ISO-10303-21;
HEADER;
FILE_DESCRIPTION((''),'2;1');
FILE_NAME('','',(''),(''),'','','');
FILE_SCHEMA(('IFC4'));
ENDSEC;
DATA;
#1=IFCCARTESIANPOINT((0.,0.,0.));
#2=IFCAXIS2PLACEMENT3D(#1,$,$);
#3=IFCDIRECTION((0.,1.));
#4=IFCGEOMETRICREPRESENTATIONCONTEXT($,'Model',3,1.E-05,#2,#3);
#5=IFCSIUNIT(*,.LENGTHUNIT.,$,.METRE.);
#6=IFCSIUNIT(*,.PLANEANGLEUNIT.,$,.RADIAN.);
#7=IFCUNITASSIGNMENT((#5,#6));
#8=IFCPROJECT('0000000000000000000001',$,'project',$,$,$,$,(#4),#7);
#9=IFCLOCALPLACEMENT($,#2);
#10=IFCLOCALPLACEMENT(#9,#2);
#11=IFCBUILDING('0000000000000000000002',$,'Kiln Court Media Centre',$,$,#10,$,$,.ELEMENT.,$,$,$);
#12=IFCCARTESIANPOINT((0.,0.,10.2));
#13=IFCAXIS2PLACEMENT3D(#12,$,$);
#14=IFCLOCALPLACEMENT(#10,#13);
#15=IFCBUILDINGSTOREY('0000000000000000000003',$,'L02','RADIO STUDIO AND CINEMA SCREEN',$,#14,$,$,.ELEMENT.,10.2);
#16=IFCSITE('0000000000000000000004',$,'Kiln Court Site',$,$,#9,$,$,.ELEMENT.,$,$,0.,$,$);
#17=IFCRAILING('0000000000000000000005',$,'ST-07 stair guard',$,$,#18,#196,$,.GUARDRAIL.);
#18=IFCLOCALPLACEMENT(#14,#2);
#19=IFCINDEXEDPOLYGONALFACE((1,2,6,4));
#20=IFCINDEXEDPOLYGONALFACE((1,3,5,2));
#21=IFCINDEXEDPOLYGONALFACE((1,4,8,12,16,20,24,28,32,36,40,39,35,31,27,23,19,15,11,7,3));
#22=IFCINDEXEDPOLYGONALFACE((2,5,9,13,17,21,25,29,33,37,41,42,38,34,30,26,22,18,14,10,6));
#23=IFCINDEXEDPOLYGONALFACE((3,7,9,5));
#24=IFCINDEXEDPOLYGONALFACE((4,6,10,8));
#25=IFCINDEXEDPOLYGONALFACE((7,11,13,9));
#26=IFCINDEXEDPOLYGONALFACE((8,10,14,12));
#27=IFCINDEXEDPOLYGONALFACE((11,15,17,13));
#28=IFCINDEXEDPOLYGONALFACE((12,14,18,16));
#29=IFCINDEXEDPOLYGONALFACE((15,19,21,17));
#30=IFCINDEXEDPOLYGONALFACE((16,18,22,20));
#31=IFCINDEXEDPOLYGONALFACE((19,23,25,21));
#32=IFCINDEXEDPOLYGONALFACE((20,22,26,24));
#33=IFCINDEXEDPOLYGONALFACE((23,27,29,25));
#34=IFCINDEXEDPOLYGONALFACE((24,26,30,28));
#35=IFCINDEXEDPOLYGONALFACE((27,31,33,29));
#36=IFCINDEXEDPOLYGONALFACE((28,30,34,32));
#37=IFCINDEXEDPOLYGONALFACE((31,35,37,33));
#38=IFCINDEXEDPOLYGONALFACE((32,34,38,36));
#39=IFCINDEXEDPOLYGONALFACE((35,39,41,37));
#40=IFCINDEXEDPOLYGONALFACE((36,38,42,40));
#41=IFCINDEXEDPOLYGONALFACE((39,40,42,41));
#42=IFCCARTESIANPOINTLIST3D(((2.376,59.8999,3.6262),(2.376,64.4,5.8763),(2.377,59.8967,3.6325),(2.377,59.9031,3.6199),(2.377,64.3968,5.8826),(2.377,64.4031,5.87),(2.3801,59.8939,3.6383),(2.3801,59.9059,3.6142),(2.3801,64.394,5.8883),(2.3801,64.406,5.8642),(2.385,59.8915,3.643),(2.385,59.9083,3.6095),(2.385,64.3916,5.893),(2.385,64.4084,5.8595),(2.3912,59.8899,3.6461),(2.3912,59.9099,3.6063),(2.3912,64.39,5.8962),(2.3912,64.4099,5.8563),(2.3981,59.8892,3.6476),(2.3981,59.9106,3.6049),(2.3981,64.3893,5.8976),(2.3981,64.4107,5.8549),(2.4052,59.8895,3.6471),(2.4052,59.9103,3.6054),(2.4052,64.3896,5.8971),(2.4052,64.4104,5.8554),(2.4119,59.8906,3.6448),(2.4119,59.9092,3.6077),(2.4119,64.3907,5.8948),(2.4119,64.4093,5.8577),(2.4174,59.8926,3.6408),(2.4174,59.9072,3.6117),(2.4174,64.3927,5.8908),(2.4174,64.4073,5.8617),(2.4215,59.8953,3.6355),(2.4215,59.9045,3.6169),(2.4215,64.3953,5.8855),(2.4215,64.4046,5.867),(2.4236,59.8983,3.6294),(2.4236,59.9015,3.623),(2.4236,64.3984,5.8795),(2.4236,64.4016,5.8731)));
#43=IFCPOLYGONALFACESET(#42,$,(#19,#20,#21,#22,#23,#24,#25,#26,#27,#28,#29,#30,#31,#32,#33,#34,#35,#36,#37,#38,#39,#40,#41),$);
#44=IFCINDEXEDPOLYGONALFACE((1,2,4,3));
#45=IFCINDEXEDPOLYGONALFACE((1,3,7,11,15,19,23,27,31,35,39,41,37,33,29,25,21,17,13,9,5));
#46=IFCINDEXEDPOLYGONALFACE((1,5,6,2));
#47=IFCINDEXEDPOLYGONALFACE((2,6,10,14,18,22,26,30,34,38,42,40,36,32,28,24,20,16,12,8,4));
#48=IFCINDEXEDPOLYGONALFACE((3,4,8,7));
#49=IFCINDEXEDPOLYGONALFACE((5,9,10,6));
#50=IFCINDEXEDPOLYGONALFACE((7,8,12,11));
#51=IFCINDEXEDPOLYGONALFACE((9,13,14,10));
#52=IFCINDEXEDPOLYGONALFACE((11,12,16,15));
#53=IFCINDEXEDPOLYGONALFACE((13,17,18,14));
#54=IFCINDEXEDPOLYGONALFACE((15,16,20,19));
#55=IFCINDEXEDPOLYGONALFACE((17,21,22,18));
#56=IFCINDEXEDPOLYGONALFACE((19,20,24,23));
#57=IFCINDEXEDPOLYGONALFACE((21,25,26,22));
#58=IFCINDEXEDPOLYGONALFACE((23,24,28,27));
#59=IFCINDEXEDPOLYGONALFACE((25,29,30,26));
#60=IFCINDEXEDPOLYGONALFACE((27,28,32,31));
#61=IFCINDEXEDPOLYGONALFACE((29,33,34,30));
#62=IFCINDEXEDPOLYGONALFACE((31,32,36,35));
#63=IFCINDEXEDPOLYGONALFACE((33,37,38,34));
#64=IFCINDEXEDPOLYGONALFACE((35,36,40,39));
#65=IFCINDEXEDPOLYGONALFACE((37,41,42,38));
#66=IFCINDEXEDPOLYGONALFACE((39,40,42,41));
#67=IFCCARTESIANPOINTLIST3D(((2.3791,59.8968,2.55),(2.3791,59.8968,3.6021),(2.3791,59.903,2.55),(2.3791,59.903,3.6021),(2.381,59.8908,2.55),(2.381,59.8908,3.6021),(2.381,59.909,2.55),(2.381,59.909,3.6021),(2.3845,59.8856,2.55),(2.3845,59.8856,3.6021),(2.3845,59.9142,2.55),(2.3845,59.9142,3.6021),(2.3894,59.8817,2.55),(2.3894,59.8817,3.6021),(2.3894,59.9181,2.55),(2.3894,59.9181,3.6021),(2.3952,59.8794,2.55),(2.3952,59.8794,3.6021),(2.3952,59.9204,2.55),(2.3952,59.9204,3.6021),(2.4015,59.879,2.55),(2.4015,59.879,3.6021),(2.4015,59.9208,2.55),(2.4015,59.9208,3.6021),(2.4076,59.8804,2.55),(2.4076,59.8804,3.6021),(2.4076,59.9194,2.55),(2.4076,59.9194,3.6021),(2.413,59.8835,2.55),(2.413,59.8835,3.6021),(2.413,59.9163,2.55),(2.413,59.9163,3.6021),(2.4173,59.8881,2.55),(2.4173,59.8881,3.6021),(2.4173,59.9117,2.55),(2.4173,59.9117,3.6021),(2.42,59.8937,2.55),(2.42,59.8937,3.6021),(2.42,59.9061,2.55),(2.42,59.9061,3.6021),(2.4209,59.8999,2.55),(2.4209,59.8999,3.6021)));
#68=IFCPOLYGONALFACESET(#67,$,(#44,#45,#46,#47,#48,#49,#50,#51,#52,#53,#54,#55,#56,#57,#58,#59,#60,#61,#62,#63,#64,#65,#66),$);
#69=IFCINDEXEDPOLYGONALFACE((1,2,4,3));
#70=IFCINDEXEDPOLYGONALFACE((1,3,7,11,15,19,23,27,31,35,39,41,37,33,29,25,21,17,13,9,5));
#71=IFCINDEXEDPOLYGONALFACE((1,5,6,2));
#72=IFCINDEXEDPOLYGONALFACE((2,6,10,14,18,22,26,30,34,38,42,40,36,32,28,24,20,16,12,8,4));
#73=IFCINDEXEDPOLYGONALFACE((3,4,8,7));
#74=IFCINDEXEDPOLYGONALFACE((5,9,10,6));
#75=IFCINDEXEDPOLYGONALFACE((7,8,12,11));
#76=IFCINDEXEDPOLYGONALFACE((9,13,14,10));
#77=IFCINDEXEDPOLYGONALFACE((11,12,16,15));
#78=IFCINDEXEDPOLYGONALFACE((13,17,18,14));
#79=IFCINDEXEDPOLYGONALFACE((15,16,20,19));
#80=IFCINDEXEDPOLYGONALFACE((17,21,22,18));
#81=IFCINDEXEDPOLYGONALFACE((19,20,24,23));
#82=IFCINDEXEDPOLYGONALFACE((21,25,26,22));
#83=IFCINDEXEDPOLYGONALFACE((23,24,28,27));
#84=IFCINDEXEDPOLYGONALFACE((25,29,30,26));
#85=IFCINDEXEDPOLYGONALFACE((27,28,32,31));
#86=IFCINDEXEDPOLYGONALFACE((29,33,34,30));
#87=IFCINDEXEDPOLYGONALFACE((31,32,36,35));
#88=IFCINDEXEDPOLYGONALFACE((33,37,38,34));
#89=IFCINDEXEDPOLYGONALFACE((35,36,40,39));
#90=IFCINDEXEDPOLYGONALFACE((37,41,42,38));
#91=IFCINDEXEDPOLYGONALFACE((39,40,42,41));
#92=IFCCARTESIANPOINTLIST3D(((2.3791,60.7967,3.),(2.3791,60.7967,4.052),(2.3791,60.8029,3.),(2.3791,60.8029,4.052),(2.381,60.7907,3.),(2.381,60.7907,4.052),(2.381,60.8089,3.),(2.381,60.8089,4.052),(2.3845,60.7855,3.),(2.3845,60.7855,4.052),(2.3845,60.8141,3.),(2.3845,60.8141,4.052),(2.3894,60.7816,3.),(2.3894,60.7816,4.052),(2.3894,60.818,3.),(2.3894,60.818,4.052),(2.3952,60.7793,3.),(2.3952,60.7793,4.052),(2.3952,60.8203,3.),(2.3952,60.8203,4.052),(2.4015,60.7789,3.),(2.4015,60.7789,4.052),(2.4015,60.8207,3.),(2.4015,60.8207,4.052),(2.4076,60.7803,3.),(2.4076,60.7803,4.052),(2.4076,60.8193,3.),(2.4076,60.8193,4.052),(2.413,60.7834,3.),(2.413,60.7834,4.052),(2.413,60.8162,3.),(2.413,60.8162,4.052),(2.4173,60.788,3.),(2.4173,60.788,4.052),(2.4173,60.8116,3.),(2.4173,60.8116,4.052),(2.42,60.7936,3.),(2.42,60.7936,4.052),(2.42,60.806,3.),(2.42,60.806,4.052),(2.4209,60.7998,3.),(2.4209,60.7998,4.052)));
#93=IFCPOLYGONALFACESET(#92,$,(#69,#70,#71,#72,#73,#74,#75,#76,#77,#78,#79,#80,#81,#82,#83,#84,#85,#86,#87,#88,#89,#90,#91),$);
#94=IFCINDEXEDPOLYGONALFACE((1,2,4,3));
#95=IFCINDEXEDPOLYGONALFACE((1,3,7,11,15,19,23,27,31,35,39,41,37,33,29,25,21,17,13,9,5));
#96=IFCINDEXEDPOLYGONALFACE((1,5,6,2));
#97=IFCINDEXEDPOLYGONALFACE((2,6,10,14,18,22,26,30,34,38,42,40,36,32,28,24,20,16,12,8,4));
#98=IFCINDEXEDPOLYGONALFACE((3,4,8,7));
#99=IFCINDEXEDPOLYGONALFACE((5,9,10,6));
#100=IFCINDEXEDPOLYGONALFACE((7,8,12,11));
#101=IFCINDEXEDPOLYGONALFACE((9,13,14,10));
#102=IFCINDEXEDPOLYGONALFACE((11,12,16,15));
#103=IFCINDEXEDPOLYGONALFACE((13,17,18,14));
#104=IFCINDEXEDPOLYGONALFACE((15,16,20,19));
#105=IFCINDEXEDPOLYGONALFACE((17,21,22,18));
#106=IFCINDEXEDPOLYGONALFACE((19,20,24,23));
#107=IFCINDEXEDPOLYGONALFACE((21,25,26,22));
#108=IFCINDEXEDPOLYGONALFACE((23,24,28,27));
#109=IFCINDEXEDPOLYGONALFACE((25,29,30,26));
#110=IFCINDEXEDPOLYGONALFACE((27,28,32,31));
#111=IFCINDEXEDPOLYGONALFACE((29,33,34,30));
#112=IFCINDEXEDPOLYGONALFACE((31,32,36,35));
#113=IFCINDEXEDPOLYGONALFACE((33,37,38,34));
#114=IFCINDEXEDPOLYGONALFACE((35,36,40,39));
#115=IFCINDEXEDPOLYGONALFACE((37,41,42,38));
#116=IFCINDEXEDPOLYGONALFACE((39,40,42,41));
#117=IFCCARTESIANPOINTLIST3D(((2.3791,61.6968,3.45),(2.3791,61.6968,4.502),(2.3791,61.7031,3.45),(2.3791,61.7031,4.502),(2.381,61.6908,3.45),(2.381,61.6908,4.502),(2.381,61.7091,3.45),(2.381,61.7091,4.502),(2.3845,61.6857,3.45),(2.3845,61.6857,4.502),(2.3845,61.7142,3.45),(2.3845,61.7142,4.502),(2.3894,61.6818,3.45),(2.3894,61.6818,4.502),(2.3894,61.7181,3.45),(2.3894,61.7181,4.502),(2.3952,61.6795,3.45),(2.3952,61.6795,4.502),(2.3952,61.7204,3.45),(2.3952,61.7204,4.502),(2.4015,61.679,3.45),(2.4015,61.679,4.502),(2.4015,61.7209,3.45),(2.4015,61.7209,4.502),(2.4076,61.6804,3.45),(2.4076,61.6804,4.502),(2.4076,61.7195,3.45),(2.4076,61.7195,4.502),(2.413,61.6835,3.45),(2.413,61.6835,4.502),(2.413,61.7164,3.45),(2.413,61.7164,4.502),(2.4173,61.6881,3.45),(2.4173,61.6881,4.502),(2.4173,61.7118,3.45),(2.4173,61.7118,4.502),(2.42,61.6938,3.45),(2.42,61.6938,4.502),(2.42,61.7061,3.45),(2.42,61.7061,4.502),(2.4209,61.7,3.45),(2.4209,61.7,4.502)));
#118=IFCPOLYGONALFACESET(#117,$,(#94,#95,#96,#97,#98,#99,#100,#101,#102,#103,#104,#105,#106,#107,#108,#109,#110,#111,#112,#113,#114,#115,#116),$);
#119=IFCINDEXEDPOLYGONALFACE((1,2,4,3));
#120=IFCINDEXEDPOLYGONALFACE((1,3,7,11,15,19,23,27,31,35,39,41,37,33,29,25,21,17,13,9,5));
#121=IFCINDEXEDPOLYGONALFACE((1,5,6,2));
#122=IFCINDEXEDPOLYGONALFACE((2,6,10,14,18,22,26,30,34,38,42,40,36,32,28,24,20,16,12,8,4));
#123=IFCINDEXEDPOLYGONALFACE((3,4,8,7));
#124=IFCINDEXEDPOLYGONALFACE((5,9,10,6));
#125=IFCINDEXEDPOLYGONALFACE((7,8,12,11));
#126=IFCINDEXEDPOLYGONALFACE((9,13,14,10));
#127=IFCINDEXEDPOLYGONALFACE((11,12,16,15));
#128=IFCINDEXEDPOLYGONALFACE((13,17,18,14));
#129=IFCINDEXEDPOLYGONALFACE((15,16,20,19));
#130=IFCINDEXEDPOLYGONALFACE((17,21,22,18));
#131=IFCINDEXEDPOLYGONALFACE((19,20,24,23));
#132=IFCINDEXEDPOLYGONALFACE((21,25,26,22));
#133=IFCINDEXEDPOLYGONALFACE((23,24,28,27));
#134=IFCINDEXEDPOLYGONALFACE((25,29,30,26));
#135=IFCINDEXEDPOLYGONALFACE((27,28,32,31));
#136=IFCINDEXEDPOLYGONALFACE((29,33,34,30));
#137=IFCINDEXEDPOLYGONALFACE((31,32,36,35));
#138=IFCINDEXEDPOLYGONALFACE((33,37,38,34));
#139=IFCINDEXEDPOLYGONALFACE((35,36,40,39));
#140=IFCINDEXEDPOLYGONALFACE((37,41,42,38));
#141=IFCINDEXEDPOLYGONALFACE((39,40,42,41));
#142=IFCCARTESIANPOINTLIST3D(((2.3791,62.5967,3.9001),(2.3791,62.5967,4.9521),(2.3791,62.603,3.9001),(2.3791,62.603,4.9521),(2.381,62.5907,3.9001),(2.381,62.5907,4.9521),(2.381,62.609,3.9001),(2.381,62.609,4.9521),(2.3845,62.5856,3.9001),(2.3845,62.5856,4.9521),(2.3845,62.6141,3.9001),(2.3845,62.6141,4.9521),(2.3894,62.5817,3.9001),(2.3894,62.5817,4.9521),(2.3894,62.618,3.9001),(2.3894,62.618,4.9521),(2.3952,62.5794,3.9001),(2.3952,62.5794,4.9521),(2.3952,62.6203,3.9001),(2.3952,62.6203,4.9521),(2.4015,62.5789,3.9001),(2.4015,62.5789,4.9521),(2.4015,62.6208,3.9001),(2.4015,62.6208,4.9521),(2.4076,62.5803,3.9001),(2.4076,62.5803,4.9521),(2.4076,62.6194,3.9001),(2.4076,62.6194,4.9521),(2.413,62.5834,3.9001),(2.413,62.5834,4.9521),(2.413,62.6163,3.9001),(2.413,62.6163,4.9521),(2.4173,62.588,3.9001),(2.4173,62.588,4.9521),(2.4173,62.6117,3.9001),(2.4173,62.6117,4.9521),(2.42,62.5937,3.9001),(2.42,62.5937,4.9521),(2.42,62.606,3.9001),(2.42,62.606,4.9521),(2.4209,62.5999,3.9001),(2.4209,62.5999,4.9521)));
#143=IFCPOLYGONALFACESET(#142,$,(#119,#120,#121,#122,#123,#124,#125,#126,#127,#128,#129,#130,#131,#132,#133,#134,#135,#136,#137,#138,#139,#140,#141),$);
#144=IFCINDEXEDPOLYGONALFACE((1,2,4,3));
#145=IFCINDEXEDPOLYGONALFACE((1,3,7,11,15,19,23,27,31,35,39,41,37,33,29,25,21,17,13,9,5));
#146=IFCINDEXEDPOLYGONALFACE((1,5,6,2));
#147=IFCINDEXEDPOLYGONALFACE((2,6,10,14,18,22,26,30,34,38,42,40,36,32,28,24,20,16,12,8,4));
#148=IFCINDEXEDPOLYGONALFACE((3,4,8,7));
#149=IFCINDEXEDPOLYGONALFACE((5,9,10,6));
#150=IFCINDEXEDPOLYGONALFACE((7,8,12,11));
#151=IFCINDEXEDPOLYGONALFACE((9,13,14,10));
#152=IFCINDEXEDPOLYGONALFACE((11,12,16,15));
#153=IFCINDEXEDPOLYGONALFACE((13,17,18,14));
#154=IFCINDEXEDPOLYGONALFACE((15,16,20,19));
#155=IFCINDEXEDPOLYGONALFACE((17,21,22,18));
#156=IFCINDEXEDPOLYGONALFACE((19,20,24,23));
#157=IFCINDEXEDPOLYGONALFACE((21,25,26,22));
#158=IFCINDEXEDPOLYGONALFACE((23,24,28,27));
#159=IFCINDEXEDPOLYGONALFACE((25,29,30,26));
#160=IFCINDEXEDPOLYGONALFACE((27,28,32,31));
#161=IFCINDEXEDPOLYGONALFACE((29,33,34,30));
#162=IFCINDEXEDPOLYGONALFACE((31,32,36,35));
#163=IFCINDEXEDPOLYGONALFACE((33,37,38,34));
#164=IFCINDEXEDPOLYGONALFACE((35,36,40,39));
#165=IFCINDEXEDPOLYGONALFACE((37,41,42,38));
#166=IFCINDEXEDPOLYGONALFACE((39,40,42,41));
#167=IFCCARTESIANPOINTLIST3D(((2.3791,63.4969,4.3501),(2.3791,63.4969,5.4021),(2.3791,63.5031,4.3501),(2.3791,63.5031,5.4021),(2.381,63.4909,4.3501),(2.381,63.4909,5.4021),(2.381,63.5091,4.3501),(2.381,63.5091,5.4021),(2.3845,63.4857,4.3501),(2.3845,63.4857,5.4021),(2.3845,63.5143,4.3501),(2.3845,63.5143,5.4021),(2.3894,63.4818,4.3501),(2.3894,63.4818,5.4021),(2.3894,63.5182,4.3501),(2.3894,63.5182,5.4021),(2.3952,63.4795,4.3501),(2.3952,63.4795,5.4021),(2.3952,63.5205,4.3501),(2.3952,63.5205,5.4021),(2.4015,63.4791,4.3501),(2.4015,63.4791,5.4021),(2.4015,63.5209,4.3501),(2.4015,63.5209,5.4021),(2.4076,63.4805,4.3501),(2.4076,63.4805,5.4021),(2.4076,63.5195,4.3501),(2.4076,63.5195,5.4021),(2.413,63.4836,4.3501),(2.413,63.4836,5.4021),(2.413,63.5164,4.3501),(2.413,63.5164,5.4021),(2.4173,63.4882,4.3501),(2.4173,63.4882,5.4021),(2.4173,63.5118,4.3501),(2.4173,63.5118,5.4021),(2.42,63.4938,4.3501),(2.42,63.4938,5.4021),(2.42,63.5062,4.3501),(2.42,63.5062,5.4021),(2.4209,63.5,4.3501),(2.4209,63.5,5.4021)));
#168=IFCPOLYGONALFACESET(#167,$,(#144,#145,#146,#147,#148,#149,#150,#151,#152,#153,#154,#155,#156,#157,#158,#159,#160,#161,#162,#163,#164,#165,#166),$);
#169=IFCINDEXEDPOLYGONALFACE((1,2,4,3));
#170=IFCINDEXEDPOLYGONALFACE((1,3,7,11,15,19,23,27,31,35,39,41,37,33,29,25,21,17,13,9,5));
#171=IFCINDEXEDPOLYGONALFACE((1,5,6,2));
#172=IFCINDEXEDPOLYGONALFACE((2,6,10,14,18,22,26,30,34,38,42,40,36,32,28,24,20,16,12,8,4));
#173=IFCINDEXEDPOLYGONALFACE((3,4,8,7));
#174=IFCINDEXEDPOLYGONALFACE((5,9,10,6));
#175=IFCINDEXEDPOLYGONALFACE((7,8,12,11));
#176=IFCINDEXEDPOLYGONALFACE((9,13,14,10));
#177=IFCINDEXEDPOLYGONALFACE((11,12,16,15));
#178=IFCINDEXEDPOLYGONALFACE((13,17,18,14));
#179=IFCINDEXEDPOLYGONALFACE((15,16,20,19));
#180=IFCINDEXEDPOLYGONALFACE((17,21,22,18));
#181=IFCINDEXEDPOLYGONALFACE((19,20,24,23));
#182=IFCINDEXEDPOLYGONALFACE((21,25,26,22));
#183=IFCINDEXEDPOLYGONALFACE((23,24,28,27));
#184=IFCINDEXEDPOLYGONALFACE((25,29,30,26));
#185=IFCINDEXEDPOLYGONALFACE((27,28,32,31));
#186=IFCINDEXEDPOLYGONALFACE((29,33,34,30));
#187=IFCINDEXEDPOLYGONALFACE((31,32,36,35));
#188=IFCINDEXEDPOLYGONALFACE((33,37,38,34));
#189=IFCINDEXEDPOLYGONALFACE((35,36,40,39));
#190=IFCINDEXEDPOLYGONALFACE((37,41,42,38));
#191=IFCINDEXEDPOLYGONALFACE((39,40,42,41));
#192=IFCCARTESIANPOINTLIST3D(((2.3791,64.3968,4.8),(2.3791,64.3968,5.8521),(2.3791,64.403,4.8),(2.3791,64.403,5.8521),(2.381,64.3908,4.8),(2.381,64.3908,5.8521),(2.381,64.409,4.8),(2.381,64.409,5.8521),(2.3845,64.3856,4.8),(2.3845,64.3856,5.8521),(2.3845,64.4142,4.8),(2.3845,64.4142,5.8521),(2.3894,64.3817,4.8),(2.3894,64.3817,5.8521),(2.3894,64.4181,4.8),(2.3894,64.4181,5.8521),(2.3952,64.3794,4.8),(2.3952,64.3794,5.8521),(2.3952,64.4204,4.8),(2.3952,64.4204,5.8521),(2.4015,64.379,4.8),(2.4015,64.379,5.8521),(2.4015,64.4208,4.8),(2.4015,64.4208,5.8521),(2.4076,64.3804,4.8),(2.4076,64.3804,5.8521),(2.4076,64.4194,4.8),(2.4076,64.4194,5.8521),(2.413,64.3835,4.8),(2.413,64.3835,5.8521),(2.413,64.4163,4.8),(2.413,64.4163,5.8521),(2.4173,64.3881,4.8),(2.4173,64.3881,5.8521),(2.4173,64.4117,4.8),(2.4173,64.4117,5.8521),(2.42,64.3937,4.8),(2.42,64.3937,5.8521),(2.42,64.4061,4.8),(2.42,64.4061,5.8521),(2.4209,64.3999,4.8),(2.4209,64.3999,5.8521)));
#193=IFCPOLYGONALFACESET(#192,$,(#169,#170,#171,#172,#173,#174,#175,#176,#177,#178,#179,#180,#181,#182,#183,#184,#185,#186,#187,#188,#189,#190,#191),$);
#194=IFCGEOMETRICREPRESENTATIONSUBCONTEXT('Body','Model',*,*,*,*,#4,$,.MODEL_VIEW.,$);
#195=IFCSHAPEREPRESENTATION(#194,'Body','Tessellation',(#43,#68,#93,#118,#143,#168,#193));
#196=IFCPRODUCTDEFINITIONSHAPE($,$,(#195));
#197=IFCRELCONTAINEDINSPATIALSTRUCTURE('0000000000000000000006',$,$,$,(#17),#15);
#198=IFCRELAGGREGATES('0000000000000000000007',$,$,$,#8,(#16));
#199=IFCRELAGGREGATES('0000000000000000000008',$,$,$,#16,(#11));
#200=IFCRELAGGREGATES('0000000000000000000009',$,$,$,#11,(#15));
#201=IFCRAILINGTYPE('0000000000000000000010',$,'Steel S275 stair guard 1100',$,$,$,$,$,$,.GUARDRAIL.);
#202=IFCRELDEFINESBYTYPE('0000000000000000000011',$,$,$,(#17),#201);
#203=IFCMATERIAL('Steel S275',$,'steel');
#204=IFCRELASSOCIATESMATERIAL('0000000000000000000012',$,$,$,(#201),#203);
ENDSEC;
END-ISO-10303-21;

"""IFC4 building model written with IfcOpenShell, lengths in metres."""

from ifc_helpers import new_model, si_unit, direction, frame, origin, origin_2d, place, context, subcontext, project, spatial, circle, extrude, material, type_object, element, save


model = new_model("IFC4")

# Units and contexts
model_context = context("Model", 3, precision=1e-05, world=origin(), true_north=direction((0.0, 1.0)))
body_context = subcontext(model_context, "Body", "Model", "MODEL_VIEW")
ifc_project = project(units=[si_unit("LENGTHUNIT", "METRE"), si_unit("PLANEANGLEUNIT", "RADIAN")], contexts=[model_context])

# Site, building, storey
site_placement = place(None, origin())
site = spatial("IfcSite", under=ifc_project, at=site_placement, Name="Kiln Court Site", CompositionType="ELEMENT", RefElevation=0.0)
building_placement = place(site_placement, origin())
building = spatial("IfcBuilding", under=site, at=building_placement, Name="Kiln Court Media Centre", CompositionType="ELEMENT")
storey_placement = place(building_placement, frame((0.0, 0.0, 10.2)))
storey = spatial("IfcBuildingStorey", under=building, at=storey_placement, Name="L02", Description="RADIO STUDIO AND CINEMA SCREEN", CompositionType="ELEMENT", Elevation=10.2)

# Railing
ifc_material_1 = material(Name="Steel S275", Category="steel")
railing_type_1 = type_object("IfcRailingType", Name="Steel S275 stair guard 1100", PredefinedType="GUARDRAIL", material=ifc_material_1)
railing_1_placement = place(storey_placement, frame((2.3999, 59.8999, 2.55)))
element("IfcRailing", 1, at=railing_1_placement, inside=storey, type_object=railing_type_1, Name="ST-07 stair guard", PredefinedType="GUARDRAIL", context=body_context, shape_type="SweptSolid", body=[
    extrude(circle(Radius=0.0239, at=origin_2d()), frame((0.0, 0.0, 1.0762), z_axis=(0.0, 0.894427, 0.447214), x_axis=(-1.0, 0.0, 0.0)), (0.0, 0.0, 1.0), 5.0312),
    extrude(circle(Radius=0.021, at=origin_2d()), origin(), (0.0, 0.0, 1.0), 1.052),
    extrude(circle(Radius=0.021, at=origin_2d()), frame((0.0, 0.8999, 0.45)), (0.0, 0.0, 1.0), 1.052),
    extrude(circle(Radius=0.021, at=origin_2d()), frame((0.0, 1.8, 0.8999)), (0.0, 0.0, 1.0), 1.052),
    extrude(circle(Radius=0.021, at=origin_2d()), frame((0.0, 2.7, 1.3501)), (0.0, 0.0, 1.0), 1.052),
    extrude(circle(Radius=0.021, at=origin_2d()), frame((0.0, 3.6001, 1.8)), (0.0, 0.0, 1.0), 1.052),
    extrude(circle(Radius=0.021, at=origin_2d()), frame((0.0, 4.5, 2.25)), (0.0, 0.0, 1.0), 1.052),
])

save(model, "model.ifc")
